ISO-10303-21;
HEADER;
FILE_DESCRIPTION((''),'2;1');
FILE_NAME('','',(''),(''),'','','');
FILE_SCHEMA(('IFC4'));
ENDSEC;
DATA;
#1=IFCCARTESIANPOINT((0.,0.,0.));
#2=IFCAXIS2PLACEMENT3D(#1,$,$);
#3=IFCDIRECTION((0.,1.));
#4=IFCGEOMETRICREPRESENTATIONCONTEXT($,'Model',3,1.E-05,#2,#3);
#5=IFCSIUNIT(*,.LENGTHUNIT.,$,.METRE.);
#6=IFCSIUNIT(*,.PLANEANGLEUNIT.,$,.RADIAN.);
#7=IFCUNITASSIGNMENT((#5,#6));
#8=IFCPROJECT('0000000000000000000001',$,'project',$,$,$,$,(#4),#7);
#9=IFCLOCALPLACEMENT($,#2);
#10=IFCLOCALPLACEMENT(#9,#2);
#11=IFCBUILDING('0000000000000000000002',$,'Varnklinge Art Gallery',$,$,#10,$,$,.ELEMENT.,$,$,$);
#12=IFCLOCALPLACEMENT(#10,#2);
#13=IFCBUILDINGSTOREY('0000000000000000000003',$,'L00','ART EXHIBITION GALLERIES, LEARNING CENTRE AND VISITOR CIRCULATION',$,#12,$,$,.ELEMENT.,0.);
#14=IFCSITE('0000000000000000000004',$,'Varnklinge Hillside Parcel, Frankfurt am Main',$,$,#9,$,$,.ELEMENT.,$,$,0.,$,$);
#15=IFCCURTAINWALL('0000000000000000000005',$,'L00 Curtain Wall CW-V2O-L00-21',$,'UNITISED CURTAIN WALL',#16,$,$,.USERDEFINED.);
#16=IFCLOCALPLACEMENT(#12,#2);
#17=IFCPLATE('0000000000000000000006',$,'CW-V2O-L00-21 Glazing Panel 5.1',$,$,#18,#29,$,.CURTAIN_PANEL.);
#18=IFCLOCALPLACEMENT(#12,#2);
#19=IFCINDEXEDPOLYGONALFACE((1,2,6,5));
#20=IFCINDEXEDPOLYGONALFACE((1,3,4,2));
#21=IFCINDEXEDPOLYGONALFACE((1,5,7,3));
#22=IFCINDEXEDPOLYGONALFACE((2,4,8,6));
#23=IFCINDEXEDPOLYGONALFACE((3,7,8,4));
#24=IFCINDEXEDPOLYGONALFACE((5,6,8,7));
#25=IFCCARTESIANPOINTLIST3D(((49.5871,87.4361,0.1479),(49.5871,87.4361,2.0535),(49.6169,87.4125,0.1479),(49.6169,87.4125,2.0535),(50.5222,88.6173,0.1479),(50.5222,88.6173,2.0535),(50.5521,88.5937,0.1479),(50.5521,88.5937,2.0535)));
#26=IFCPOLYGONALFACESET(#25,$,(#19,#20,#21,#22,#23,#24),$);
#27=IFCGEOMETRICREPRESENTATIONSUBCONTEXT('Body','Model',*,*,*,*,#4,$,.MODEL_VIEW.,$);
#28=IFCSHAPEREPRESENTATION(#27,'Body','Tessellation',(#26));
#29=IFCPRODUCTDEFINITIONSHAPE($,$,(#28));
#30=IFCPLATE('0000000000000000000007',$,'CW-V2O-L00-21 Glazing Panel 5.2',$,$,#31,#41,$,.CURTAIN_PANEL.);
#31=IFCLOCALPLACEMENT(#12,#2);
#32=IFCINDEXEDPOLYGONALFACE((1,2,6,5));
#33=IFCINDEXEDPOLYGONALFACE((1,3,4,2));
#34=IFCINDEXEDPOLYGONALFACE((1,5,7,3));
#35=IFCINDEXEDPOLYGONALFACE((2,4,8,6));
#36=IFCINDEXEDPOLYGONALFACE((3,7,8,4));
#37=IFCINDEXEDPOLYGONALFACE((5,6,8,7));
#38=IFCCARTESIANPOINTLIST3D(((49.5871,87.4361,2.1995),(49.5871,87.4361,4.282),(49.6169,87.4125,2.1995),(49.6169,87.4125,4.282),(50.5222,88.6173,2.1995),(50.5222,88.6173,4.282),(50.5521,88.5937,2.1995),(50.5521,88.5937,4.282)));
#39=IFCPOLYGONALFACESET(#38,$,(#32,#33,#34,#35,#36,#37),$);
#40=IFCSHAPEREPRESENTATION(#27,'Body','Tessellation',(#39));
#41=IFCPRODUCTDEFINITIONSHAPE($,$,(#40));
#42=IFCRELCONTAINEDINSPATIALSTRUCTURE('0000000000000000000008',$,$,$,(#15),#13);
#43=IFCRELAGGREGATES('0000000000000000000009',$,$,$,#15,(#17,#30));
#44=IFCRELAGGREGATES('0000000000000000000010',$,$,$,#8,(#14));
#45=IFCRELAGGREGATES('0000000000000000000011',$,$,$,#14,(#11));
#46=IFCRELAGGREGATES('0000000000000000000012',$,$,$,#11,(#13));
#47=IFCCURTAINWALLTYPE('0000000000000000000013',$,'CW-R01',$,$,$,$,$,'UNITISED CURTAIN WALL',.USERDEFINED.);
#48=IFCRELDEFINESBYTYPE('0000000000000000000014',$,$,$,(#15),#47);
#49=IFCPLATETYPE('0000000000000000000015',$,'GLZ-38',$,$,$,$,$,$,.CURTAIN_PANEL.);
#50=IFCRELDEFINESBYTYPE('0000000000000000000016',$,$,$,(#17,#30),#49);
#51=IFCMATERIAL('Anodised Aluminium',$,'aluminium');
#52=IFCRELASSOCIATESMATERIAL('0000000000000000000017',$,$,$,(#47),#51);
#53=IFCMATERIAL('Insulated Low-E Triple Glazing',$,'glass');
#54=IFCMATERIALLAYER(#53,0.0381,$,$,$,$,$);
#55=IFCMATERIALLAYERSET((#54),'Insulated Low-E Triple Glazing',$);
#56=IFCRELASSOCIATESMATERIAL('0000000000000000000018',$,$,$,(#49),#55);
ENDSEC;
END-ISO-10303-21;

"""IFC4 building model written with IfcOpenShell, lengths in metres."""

from ifc_helpers import new_model, si_unit, direction, frame, origin, origin_2d, place, context, subcontext, project, spatial, rectangle, extrude, material, layer, layer_set, type_object, element, aggregate, save


model = new_model("IFC4")

# Units and contexts
model_context = context("Model", 3, precision=1e-05, world=origin(), true_north=direction((0.0, 1.0)))
body_context = subcontext(model_context, "Body", "Model", "MODEL_VIEW")
ifc_project = project(units=[si_unit("LENGTHUNIT", "METRE"), si_unit("PLANEANGLEUNIT", "RADIAN")], contexts=[model_context])

# Site, building, storey
site_placement = place(None, origin())
site = spatial("IfcSite", under=ifc_project, at=site_placement, Name="Varnklinge Hillside Parcel, Frankfurt am Main", CompositionType="ELEMENT", RefElevation=0.0)
building_placement = place(site_placement, origin())
building = spatial("IfcBuilding", under=site, at=building_placement, Name="Varnklinge Art Gallery", CompositionType="ELEMENT")
storey_placement = place(building_placement, origin())
storey = spatial("IfcBuildingStorey", under=building, at=storey_placement, Name="L00", Description="ART EXHIBITION GALLERIES, LEARNING CENTRE AND VISITOR CIRCULATION", CompositionType="ELEMENT", Elevation=0.0)

# Curtain wall
ifc_material_1 = material(Name="Anodised Aluminium", Category="aluminium")
curtain_wall_type = type_object("IfcCurtainWallType", Name="CW-R01", ElementType="UNITISED CURTAIN WALL", PredefinedType="USERDEFINED", material=ifc_material_1)
curtain_wall_placement = place(storey_placement, origin())
curtain_wall = element("IfcCurtainWall", 1, at=curtain_wall_placement, inside=storey, type_object=curtain_wall_type, Name="L00 Curtain Wall CW-V2O-L00-21", ObjectType="UNITISED CURTAIN WALL", PredefinedType="USERDEFINED")

# Plates
ifc_material_2 = material(Name="Insulated Low-E Triple Glazing", Category="glass")
ifc_layer = layer(ifc_material_2, 0.0381)
ifc_layer_set = layer_set([ifc_layer], Name="Insulated Low-E Triple Glazing")
plate_type = type_object("IfcPlateType", Name="GLZ-38", PredefinedType="CURTAIN_PANEL", material=ifc_layer_set)
plate_1_placement = place(storey_placement, frame((50.0696, 88.0149, 0.1479), z_axis=(0.0, 0.0, 1.0), x_axis=(-0.620737, -0.784019, 0.0)))
plate_1 = element("IfcPlate", 2, at=plate_1_placement, type_object=plate_type, Name="CW-V2O-L00-21 Glazing Panel 5.1", PredefinedType="CURTAIN_PANEL", context=body_context, shape_type="SweptSolid", body=[
    extrude(rectangle(XDim=1.5066, YDim=0.0381, at=origin_2d()), origin(), (0.0, 0.0, 1.0), 1.9055),
])
plate_2_placement = place(storey_placement, frame((50.0696, 88.0149, 2.1995), z_axis=(0.0, 0.0, 1.0), x_axis=(-0.620737, -0.784019, 0.0)))
plate_2 = element("IfcPlate", 3, at=plate_2_placement, type_object=plate_type, Name="CW-V2O-L00-21 Glazing Panel 5.2", PredefinedType="CURTAIN_PANEL", context=body_context, shape_type="SweptSolid", body=[
    extrude(rectangle(XDim=1.5066, YDim=0.0381, at=origin_2d()), origin(), (0.0, 0.0, 1.0), 2.0825),
])
aggregate(curtain_wall, [plate_1, plate_2])

save(model, "model.ifc")
